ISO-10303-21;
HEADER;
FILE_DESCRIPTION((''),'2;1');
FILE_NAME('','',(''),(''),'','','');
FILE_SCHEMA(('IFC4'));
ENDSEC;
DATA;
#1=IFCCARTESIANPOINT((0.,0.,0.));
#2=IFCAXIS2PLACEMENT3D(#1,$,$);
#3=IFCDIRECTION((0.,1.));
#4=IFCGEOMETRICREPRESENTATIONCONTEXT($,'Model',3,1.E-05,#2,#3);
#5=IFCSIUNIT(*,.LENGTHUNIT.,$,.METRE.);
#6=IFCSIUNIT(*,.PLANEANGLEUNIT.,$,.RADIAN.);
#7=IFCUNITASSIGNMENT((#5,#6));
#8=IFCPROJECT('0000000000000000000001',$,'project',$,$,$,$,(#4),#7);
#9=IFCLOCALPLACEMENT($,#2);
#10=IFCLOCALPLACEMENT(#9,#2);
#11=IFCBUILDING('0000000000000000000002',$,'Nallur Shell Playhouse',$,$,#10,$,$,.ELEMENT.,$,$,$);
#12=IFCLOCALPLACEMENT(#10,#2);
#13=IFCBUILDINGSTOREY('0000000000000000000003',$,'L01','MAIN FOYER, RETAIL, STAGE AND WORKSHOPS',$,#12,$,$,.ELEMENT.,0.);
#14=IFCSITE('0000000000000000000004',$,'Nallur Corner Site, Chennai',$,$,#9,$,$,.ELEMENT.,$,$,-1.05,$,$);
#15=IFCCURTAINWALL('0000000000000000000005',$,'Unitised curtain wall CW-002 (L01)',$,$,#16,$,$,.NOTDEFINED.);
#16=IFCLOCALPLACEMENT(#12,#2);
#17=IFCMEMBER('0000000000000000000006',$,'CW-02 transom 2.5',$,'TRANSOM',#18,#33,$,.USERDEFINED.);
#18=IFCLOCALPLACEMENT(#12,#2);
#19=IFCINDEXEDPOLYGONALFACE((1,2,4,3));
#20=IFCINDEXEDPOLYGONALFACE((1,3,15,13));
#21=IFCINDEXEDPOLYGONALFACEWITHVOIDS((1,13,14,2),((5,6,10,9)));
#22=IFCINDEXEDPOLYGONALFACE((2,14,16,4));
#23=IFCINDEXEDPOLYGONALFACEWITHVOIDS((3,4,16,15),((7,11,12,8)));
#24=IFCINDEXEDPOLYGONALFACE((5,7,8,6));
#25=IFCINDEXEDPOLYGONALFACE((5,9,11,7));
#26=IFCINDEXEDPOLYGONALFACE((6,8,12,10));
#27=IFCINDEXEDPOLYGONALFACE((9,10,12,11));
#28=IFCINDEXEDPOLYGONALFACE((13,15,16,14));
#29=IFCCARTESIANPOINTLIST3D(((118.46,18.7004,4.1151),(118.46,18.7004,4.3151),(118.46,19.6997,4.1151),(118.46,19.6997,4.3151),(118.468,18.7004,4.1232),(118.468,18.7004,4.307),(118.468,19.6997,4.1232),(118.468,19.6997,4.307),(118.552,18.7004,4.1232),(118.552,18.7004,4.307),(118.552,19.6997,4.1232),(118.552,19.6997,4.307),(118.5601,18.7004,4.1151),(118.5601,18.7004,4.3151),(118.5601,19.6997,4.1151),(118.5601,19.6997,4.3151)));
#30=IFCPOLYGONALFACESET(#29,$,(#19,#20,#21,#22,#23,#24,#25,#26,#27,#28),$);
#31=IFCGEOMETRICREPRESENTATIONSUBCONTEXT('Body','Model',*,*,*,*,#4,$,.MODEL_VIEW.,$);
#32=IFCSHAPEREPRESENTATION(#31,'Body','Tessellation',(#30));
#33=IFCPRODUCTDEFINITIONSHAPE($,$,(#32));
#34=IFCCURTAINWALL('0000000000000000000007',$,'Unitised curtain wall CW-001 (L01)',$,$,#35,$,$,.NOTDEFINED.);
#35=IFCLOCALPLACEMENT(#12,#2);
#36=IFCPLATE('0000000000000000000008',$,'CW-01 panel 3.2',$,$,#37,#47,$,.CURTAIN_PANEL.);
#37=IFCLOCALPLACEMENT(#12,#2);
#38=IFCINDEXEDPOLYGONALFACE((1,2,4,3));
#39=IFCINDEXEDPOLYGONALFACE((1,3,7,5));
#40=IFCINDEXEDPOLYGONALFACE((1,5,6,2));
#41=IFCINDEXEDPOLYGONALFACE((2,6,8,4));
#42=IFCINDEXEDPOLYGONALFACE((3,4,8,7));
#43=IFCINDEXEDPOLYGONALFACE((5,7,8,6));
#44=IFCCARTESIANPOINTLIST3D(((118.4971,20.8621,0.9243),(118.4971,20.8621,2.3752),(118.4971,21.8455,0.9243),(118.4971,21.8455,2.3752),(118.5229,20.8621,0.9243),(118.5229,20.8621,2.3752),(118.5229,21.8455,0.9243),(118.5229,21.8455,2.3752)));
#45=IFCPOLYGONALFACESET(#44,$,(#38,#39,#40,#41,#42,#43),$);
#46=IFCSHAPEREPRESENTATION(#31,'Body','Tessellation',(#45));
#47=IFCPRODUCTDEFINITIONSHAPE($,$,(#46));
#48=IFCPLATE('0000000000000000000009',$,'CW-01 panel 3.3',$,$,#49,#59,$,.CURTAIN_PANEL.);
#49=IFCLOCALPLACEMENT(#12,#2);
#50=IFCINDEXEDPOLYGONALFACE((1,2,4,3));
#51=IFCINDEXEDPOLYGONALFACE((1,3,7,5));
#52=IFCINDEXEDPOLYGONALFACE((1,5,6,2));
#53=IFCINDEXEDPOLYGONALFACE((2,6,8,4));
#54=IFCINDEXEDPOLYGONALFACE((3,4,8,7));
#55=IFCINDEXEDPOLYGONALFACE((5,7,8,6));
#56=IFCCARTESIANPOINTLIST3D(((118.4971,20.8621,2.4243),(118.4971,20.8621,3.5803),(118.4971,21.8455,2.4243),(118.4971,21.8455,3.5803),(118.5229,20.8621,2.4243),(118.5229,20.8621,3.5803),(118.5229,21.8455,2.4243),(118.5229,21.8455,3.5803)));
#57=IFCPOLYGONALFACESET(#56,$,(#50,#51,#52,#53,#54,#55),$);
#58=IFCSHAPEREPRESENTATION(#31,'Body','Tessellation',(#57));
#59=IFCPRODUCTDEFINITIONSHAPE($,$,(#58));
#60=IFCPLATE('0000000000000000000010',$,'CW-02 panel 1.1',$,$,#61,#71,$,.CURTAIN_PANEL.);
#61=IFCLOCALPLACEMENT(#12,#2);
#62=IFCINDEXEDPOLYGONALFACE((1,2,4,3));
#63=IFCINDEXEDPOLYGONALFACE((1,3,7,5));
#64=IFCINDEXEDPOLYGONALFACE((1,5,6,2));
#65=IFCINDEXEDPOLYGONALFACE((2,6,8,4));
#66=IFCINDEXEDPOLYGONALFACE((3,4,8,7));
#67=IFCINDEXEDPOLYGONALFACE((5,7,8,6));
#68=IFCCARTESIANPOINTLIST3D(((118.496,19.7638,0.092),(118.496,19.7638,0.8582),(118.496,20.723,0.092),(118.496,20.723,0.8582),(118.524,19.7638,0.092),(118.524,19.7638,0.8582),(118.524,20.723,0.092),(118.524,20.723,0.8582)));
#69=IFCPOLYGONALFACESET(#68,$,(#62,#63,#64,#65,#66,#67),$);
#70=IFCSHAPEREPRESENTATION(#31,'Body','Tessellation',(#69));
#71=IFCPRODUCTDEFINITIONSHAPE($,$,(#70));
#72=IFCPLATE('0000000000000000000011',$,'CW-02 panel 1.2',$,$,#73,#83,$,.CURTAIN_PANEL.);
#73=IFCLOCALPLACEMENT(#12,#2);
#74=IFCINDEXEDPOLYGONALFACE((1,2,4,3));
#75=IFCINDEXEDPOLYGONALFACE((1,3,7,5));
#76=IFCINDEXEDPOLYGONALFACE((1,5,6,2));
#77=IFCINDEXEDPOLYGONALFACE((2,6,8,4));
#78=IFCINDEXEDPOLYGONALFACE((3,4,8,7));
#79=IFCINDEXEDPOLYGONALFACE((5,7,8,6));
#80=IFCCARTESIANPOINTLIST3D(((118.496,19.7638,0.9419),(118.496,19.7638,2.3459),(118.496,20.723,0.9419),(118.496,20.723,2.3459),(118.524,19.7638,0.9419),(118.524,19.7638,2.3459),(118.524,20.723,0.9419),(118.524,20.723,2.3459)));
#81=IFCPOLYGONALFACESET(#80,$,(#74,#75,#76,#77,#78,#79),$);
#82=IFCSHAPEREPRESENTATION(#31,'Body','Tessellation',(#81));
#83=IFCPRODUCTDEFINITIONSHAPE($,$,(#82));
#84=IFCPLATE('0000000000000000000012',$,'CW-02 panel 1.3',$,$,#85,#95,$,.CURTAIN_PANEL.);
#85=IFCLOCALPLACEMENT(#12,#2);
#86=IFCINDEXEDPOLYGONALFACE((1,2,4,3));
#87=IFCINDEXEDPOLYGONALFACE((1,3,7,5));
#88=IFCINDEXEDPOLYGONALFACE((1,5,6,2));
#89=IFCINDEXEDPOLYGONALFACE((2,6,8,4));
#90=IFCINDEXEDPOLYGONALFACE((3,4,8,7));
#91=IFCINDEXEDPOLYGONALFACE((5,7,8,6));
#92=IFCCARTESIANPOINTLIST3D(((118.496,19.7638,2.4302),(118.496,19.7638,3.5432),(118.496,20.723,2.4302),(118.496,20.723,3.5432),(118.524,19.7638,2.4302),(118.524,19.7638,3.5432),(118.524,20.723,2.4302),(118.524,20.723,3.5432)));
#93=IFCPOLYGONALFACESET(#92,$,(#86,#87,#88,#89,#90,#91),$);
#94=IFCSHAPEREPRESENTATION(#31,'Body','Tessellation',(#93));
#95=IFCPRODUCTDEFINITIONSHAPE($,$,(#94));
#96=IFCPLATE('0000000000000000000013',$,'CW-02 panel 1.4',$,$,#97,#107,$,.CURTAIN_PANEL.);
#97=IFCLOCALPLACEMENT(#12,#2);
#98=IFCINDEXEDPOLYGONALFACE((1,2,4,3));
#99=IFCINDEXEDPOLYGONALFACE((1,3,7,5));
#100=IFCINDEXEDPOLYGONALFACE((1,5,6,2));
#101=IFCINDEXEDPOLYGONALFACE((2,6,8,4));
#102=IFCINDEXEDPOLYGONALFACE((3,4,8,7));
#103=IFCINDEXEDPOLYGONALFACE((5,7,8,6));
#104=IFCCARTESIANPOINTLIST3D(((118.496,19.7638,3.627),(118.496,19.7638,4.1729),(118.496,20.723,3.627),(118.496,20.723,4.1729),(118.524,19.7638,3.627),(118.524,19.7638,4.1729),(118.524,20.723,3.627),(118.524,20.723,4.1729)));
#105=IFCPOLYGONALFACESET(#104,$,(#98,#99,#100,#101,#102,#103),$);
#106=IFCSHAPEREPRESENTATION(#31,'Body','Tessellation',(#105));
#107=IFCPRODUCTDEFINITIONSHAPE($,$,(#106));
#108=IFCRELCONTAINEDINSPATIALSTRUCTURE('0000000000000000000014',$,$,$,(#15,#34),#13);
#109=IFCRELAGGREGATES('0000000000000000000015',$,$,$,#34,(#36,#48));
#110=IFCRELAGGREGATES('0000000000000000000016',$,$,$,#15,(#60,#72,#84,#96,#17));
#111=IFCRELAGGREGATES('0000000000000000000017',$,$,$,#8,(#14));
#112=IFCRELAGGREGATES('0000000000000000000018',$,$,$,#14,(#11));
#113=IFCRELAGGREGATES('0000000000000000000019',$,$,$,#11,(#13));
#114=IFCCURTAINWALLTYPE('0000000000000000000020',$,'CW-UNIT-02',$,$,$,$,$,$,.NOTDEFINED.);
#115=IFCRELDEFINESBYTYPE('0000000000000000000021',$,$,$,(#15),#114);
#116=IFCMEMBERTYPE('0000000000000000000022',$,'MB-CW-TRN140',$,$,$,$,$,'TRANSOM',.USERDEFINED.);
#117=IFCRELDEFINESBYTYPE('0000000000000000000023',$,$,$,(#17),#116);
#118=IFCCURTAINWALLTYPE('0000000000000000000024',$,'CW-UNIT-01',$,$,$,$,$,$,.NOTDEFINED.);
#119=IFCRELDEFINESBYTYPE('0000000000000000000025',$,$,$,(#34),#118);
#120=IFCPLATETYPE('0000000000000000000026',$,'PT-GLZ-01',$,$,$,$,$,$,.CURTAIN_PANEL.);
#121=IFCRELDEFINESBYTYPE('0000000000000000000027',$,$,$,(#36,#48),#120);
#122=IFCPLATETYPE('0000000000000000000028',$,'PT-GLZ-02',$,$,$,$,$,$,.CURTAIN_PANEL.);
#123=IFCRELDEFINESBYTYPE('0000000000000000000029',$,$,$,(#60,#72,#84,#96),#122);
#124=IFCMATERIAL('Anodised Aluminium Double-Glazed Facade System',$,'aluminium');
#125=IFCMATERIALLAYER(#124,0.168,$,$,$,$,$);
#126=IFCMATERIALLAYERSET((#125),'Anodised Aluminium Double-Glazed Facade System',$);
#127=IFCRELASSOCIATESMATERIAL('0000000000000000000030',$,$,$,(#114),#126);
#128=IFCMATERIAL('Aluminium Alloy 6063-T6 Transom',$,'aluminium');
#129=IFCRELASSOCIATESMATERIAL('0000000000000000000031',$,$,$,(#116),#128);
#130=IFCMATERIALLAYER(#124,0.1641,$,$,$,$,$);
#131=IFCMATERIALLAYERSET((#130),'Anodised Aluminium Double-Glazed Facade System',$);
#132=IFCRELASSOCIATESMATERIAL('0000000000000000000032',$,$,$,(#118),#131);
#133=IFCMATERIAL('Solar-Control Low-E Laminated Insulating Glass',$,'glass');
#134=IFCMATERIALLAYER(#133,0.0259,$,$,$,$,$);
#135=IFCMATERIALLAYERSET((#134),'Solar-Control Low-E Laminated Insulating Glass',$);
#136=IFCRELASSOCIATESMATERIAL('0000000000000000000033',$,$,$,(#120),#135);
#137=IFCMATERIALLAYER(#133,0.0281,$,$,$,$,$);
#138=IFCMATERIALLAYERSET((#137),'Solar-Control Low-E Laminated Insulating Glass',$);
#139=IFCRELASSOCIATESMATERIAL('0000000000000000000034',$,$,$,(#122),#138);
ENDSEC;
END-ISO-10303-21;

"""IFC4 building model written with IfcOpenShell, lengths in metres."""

from ifc_helpers import new_model, si_unit, direction, frame, origin, origin_2d, place, context, subcontext, project, spatial, rectangle, hollow_rectangle, extrude, material, layer, layer_set, material_profile, profile_set, type_object, element, aggregate, save


model = new_model("IFC4")

# Units and contexts
model_context = context("Model", 3, precision=1e-05, world=origin(), true_north=direction((0.0, 1.0)))
body_context = subcontext(model_context, "Body", "Model", "MODEL_VIEW")
ifc_project = project(units=[si_unit("LENGTHUNIT", "METRE"), si_unit("PLANEANGLEUNIT", "RADIAN")], contexts=[model_context])

# Site, building, storey
site_placement = place(None, origin())
site = spatial("IfcSite", under=ifc_project, at=site_placement, Name="Nallur Corner Site, Chennai", CompositionType="ELEMENT", RefElevation=-1.05)
building_placement = place(site_placement, origin())
building = spatial("IfcBuilding", under=site, at=building_placement, Name="Nallur Shell Playhouse", CompositionType="ELEMENT")
storey_placement = place(building_placement, origin())
storey = spatial("IfcBuildingStorey", under=building, at=storey_placement, Name="L01", Description="MAIN FOYER, RETAIL, STAGE AND WORKSHOPS", CompositionType="ELEMENT", Elevation=0.0)

# Curtain wall, member
ifc_material_1 = material(Name="Anodised Aluminium Double-Glazed Facade System", Category="aluminium")
ifc_layer_1 = layer(ifc_material_1, 0.168)
ifc_layer_set_1 = layer_set([ifc_layer_1], Name="Anodised Aluminium Double-Glazed Facade System")
curtain_wall_type_1 = type_object("IfcCurtainWallType", Name="CW-UNIT-02", PredefinedType="NOTDEFINED", material=ifc_layer_set_1)
curtain_wall_1_placement = place(storey_placement, origin())
curtain_wall_1 = element("IfcCurtainWall", 1, at=curtain_wall_1_placement, inside=storey, type_object=curtain_wall_type_1, Name="Unitised curtain wall CW-002 (L01)", PredefinedType="NOTDEFINED")
ifc_material_2 = material(Name="Aluminium Alloy 6063-T6 Transom", Category="aluminium")
ifc_material_profile_1 = material_profile(ifc_material_2, hollow_rectangle(XDim=0.1001, YDim=0.2, WallThickness=0.0081, at=origin_2d()), Name="RHS 200x100x8")
ifc_profile_set_1 = profile_set([ifc_material_profile_1], Name="Aluminium Alloy 6063-T6 Transom")
member_type_1 = type_object("IfcMemberType", Name="MB-CW-TRN140", ElementType="TRANSOM", PredefinedType="USERDEFINED", material=ifc_profile_set_1)
member_1_placement = place(storey_placement, frame((118.51, 19.6997, 4.2151), z_axis=(0.0, -1.0, 0.0), x_axis=(1.0, 0.0, 0.0)))
member_1 = element("IfcMember", 2, at=member_1_placement, type_object=member_type_1, Name="CW-02 transom 2.5", ObjectType="TRANSOM", PredefinedType="USERDEFINED", context=body_context, shape_type="SweptSolid", body=[
    extrude(hollow_rectangle(XDim=0.1001, YDim=0.2, WallThickness=0.0081, at=origin_2d()), origin(), (0.0, 0.0, 1.0), 0.9993),
])

# Curtain wall, plates
ifc_layer_2 = layer(ifc_material_1, 0.1641)
ifc_layer_set_2 = layer_set([ifc_layer_2], Name="Anodised Aluminium Double-Glazed Facade System")
curtain_wall_type_2 = type_object("IfcCurtainWallType", Name="CW-UNIT-01", PredefinedType="NOTDEFINED", material=ifc_layer_set_2)
curtain_wall_2_placement = place(storey_placement, origin())
curtain_wall_2 = element("IfcCurtainWall", 3, at=curtain_wall_2_placement, inside=storey, type_object=curtain_wall_type_2, Name="Unitised curtain wall CW-001 (L01)", PredefinedType="NOTDEFINED")
ifc_material_3 = material(Name="Solar-Control Low-E Laminated Insulating Glass", Category="glass")
ifc_layer_3 = layer(ifc_material_3, 0.0259)
ifc_layer_set_3 = layer_set([ifc_layer_3], Name="Solar-Control Low-E Laminated Insulating Glass")
plate_type_1 = type_object("IfcPlateType", Name="PT-GLZ-01", PredefinedType="CURTAIN_PANEL", material=ifc_layer_set_3)
plate_1_placement = place(storey_placement, frame((118.51, 21.3538, 0.9243), z_axis=(0.0, 0.0, 1.0), x_axis=(0.0, -1.0, 0.0)))
plate_1 = element("IfcPlate", 4, at=plate_1_placement, type_object=plate_type_1, Name="CW-01 panel 3.2", PredefinedType="CURTAIN_PANEL", context=body_context, shape_type="SweptSolid", body=[
    extrude(rectangle(XDim=0.9834, YDim=0.0259, at=origin_2d()), origin(), (0.0, 0.0, 1.0), 1.4509),
])
plate_2_placement = place(storey_placement, frame((118.51, 21.3538, 2.4243), z_axis=(0.0, 0.0, 1.0), x_axis=(0.0, -1.0, 0.0)))
plate_2 = element("IfcPlate", 5, at=plate_2_placement, type_object=plate_type_1, Name="CW-01 panel 3.3", PredefinedType="CURTAIN_PANEL", context=body_context, shape_type="SweptSolid", body=[
    extrude(rectangle(XDim=0.9834, YDim=0.0259, at=origin_2d()), origin(), (0.0, 0.0, 1.0), 1.156),
])
aggregate(curtain_wall_2, [plate_1, plate_2])

# Plates
ifc_layer_4 = layer(ifc_material_3, 0.0281)
ifc_layer_set_4 = layer_set([ifc_layer_4], Name="Solar-Control Low-E Laminated Insulating Glass")
plate_type_2 = type_object("IfcPlateType", Name="PT-GLZ-02", PredefinedType="CURTAIN_PANEL", material=ifc_layer_set_4)
plate_3_placement = place(storey_placement, frame((118.51, 20.2434, 0.092), z_axis=(0.0, 0.0, 1.0), x_axis=(0.0, -1.0, 0.0)))
plate_3 = element("IfcPlate", 6, at=plate_3_placement, type_object=plate_type_2, Name="CW-02 panel 1.1", PredefinedType="CURTAIN_PANEL", context=body_context, shape_type="SweptSolid", body=[
    extrude(rectangle(XDim=0.9592, YDim=0.0281, at=origin_2d()), origin(), (0.0, 0.0, 1.0), 0.7661),
])
plate_4_placement = place(storey_placement, frame((118.51, 20.2434, 0.9419), z_axis=(0.0, 0.0, 1.0), x_axis=(0.0, -1.0, 0.0)))
plate_4 = element("IfcPlate", 7, at=plate_4_placement, type_object=plate_type_2, Name="CW-02 panel 1.2", PredefinedType="CURTAIN_PANEL", context=body_context, shape_type="SweptSolid", body=[
    extrude(rectangle(XDim=0.9592, YDim=0.0281, at=origin_2d()), origin(), (0.0, 0.0, 1.0), 1.4041),
])
plate_5_placement = place(storey_placement, frame((118.51, 20.2434, 2.4302), z_axis=(0.0, 0.0, 1.0), x_axis=(0.0, -1.0, 0.0)))
plate_5 = element("IfcPlate", 8, at=plate_5_placement, type_object=plate_type_2, Name="CW-02 panel 1.3", PredefinedType="CURTAIN_PANEL", context=body_context, shape_type="SweptSolid", body=[
    extrude(rectangle(XDim=0.9592, YDim=0.0281, at=origin_2d()), origin(), (0.0, 0.0, 1.0), 1.113),
])
plate_6_placement = place(storey_placement, frame((118.51, 20.2434, 3.627), z_axis=(0.0, 0.0, 1.0), x_axis=(0.0, -1.0, 0.0)))
plate_6 = element("IfcPlate", 9, at=plate_6_placement, type_object=plate_type_2, Name="CW-02 panel 1.4", PredefinedType="CURTAIN_PANEL", context=body_context, shape_type="SweptSolid", body=[
    extrude(rectangle(XDim=0.9592, YDim=0.0281, at=origin_2d()), origin(), (0.0, 0.0, 1.0), 0.5459),
])
aggregate(curtain_wall_1, [plate_3, plate_4, plate_5, plate_6, member_1])

save(model, "model.ifc")
